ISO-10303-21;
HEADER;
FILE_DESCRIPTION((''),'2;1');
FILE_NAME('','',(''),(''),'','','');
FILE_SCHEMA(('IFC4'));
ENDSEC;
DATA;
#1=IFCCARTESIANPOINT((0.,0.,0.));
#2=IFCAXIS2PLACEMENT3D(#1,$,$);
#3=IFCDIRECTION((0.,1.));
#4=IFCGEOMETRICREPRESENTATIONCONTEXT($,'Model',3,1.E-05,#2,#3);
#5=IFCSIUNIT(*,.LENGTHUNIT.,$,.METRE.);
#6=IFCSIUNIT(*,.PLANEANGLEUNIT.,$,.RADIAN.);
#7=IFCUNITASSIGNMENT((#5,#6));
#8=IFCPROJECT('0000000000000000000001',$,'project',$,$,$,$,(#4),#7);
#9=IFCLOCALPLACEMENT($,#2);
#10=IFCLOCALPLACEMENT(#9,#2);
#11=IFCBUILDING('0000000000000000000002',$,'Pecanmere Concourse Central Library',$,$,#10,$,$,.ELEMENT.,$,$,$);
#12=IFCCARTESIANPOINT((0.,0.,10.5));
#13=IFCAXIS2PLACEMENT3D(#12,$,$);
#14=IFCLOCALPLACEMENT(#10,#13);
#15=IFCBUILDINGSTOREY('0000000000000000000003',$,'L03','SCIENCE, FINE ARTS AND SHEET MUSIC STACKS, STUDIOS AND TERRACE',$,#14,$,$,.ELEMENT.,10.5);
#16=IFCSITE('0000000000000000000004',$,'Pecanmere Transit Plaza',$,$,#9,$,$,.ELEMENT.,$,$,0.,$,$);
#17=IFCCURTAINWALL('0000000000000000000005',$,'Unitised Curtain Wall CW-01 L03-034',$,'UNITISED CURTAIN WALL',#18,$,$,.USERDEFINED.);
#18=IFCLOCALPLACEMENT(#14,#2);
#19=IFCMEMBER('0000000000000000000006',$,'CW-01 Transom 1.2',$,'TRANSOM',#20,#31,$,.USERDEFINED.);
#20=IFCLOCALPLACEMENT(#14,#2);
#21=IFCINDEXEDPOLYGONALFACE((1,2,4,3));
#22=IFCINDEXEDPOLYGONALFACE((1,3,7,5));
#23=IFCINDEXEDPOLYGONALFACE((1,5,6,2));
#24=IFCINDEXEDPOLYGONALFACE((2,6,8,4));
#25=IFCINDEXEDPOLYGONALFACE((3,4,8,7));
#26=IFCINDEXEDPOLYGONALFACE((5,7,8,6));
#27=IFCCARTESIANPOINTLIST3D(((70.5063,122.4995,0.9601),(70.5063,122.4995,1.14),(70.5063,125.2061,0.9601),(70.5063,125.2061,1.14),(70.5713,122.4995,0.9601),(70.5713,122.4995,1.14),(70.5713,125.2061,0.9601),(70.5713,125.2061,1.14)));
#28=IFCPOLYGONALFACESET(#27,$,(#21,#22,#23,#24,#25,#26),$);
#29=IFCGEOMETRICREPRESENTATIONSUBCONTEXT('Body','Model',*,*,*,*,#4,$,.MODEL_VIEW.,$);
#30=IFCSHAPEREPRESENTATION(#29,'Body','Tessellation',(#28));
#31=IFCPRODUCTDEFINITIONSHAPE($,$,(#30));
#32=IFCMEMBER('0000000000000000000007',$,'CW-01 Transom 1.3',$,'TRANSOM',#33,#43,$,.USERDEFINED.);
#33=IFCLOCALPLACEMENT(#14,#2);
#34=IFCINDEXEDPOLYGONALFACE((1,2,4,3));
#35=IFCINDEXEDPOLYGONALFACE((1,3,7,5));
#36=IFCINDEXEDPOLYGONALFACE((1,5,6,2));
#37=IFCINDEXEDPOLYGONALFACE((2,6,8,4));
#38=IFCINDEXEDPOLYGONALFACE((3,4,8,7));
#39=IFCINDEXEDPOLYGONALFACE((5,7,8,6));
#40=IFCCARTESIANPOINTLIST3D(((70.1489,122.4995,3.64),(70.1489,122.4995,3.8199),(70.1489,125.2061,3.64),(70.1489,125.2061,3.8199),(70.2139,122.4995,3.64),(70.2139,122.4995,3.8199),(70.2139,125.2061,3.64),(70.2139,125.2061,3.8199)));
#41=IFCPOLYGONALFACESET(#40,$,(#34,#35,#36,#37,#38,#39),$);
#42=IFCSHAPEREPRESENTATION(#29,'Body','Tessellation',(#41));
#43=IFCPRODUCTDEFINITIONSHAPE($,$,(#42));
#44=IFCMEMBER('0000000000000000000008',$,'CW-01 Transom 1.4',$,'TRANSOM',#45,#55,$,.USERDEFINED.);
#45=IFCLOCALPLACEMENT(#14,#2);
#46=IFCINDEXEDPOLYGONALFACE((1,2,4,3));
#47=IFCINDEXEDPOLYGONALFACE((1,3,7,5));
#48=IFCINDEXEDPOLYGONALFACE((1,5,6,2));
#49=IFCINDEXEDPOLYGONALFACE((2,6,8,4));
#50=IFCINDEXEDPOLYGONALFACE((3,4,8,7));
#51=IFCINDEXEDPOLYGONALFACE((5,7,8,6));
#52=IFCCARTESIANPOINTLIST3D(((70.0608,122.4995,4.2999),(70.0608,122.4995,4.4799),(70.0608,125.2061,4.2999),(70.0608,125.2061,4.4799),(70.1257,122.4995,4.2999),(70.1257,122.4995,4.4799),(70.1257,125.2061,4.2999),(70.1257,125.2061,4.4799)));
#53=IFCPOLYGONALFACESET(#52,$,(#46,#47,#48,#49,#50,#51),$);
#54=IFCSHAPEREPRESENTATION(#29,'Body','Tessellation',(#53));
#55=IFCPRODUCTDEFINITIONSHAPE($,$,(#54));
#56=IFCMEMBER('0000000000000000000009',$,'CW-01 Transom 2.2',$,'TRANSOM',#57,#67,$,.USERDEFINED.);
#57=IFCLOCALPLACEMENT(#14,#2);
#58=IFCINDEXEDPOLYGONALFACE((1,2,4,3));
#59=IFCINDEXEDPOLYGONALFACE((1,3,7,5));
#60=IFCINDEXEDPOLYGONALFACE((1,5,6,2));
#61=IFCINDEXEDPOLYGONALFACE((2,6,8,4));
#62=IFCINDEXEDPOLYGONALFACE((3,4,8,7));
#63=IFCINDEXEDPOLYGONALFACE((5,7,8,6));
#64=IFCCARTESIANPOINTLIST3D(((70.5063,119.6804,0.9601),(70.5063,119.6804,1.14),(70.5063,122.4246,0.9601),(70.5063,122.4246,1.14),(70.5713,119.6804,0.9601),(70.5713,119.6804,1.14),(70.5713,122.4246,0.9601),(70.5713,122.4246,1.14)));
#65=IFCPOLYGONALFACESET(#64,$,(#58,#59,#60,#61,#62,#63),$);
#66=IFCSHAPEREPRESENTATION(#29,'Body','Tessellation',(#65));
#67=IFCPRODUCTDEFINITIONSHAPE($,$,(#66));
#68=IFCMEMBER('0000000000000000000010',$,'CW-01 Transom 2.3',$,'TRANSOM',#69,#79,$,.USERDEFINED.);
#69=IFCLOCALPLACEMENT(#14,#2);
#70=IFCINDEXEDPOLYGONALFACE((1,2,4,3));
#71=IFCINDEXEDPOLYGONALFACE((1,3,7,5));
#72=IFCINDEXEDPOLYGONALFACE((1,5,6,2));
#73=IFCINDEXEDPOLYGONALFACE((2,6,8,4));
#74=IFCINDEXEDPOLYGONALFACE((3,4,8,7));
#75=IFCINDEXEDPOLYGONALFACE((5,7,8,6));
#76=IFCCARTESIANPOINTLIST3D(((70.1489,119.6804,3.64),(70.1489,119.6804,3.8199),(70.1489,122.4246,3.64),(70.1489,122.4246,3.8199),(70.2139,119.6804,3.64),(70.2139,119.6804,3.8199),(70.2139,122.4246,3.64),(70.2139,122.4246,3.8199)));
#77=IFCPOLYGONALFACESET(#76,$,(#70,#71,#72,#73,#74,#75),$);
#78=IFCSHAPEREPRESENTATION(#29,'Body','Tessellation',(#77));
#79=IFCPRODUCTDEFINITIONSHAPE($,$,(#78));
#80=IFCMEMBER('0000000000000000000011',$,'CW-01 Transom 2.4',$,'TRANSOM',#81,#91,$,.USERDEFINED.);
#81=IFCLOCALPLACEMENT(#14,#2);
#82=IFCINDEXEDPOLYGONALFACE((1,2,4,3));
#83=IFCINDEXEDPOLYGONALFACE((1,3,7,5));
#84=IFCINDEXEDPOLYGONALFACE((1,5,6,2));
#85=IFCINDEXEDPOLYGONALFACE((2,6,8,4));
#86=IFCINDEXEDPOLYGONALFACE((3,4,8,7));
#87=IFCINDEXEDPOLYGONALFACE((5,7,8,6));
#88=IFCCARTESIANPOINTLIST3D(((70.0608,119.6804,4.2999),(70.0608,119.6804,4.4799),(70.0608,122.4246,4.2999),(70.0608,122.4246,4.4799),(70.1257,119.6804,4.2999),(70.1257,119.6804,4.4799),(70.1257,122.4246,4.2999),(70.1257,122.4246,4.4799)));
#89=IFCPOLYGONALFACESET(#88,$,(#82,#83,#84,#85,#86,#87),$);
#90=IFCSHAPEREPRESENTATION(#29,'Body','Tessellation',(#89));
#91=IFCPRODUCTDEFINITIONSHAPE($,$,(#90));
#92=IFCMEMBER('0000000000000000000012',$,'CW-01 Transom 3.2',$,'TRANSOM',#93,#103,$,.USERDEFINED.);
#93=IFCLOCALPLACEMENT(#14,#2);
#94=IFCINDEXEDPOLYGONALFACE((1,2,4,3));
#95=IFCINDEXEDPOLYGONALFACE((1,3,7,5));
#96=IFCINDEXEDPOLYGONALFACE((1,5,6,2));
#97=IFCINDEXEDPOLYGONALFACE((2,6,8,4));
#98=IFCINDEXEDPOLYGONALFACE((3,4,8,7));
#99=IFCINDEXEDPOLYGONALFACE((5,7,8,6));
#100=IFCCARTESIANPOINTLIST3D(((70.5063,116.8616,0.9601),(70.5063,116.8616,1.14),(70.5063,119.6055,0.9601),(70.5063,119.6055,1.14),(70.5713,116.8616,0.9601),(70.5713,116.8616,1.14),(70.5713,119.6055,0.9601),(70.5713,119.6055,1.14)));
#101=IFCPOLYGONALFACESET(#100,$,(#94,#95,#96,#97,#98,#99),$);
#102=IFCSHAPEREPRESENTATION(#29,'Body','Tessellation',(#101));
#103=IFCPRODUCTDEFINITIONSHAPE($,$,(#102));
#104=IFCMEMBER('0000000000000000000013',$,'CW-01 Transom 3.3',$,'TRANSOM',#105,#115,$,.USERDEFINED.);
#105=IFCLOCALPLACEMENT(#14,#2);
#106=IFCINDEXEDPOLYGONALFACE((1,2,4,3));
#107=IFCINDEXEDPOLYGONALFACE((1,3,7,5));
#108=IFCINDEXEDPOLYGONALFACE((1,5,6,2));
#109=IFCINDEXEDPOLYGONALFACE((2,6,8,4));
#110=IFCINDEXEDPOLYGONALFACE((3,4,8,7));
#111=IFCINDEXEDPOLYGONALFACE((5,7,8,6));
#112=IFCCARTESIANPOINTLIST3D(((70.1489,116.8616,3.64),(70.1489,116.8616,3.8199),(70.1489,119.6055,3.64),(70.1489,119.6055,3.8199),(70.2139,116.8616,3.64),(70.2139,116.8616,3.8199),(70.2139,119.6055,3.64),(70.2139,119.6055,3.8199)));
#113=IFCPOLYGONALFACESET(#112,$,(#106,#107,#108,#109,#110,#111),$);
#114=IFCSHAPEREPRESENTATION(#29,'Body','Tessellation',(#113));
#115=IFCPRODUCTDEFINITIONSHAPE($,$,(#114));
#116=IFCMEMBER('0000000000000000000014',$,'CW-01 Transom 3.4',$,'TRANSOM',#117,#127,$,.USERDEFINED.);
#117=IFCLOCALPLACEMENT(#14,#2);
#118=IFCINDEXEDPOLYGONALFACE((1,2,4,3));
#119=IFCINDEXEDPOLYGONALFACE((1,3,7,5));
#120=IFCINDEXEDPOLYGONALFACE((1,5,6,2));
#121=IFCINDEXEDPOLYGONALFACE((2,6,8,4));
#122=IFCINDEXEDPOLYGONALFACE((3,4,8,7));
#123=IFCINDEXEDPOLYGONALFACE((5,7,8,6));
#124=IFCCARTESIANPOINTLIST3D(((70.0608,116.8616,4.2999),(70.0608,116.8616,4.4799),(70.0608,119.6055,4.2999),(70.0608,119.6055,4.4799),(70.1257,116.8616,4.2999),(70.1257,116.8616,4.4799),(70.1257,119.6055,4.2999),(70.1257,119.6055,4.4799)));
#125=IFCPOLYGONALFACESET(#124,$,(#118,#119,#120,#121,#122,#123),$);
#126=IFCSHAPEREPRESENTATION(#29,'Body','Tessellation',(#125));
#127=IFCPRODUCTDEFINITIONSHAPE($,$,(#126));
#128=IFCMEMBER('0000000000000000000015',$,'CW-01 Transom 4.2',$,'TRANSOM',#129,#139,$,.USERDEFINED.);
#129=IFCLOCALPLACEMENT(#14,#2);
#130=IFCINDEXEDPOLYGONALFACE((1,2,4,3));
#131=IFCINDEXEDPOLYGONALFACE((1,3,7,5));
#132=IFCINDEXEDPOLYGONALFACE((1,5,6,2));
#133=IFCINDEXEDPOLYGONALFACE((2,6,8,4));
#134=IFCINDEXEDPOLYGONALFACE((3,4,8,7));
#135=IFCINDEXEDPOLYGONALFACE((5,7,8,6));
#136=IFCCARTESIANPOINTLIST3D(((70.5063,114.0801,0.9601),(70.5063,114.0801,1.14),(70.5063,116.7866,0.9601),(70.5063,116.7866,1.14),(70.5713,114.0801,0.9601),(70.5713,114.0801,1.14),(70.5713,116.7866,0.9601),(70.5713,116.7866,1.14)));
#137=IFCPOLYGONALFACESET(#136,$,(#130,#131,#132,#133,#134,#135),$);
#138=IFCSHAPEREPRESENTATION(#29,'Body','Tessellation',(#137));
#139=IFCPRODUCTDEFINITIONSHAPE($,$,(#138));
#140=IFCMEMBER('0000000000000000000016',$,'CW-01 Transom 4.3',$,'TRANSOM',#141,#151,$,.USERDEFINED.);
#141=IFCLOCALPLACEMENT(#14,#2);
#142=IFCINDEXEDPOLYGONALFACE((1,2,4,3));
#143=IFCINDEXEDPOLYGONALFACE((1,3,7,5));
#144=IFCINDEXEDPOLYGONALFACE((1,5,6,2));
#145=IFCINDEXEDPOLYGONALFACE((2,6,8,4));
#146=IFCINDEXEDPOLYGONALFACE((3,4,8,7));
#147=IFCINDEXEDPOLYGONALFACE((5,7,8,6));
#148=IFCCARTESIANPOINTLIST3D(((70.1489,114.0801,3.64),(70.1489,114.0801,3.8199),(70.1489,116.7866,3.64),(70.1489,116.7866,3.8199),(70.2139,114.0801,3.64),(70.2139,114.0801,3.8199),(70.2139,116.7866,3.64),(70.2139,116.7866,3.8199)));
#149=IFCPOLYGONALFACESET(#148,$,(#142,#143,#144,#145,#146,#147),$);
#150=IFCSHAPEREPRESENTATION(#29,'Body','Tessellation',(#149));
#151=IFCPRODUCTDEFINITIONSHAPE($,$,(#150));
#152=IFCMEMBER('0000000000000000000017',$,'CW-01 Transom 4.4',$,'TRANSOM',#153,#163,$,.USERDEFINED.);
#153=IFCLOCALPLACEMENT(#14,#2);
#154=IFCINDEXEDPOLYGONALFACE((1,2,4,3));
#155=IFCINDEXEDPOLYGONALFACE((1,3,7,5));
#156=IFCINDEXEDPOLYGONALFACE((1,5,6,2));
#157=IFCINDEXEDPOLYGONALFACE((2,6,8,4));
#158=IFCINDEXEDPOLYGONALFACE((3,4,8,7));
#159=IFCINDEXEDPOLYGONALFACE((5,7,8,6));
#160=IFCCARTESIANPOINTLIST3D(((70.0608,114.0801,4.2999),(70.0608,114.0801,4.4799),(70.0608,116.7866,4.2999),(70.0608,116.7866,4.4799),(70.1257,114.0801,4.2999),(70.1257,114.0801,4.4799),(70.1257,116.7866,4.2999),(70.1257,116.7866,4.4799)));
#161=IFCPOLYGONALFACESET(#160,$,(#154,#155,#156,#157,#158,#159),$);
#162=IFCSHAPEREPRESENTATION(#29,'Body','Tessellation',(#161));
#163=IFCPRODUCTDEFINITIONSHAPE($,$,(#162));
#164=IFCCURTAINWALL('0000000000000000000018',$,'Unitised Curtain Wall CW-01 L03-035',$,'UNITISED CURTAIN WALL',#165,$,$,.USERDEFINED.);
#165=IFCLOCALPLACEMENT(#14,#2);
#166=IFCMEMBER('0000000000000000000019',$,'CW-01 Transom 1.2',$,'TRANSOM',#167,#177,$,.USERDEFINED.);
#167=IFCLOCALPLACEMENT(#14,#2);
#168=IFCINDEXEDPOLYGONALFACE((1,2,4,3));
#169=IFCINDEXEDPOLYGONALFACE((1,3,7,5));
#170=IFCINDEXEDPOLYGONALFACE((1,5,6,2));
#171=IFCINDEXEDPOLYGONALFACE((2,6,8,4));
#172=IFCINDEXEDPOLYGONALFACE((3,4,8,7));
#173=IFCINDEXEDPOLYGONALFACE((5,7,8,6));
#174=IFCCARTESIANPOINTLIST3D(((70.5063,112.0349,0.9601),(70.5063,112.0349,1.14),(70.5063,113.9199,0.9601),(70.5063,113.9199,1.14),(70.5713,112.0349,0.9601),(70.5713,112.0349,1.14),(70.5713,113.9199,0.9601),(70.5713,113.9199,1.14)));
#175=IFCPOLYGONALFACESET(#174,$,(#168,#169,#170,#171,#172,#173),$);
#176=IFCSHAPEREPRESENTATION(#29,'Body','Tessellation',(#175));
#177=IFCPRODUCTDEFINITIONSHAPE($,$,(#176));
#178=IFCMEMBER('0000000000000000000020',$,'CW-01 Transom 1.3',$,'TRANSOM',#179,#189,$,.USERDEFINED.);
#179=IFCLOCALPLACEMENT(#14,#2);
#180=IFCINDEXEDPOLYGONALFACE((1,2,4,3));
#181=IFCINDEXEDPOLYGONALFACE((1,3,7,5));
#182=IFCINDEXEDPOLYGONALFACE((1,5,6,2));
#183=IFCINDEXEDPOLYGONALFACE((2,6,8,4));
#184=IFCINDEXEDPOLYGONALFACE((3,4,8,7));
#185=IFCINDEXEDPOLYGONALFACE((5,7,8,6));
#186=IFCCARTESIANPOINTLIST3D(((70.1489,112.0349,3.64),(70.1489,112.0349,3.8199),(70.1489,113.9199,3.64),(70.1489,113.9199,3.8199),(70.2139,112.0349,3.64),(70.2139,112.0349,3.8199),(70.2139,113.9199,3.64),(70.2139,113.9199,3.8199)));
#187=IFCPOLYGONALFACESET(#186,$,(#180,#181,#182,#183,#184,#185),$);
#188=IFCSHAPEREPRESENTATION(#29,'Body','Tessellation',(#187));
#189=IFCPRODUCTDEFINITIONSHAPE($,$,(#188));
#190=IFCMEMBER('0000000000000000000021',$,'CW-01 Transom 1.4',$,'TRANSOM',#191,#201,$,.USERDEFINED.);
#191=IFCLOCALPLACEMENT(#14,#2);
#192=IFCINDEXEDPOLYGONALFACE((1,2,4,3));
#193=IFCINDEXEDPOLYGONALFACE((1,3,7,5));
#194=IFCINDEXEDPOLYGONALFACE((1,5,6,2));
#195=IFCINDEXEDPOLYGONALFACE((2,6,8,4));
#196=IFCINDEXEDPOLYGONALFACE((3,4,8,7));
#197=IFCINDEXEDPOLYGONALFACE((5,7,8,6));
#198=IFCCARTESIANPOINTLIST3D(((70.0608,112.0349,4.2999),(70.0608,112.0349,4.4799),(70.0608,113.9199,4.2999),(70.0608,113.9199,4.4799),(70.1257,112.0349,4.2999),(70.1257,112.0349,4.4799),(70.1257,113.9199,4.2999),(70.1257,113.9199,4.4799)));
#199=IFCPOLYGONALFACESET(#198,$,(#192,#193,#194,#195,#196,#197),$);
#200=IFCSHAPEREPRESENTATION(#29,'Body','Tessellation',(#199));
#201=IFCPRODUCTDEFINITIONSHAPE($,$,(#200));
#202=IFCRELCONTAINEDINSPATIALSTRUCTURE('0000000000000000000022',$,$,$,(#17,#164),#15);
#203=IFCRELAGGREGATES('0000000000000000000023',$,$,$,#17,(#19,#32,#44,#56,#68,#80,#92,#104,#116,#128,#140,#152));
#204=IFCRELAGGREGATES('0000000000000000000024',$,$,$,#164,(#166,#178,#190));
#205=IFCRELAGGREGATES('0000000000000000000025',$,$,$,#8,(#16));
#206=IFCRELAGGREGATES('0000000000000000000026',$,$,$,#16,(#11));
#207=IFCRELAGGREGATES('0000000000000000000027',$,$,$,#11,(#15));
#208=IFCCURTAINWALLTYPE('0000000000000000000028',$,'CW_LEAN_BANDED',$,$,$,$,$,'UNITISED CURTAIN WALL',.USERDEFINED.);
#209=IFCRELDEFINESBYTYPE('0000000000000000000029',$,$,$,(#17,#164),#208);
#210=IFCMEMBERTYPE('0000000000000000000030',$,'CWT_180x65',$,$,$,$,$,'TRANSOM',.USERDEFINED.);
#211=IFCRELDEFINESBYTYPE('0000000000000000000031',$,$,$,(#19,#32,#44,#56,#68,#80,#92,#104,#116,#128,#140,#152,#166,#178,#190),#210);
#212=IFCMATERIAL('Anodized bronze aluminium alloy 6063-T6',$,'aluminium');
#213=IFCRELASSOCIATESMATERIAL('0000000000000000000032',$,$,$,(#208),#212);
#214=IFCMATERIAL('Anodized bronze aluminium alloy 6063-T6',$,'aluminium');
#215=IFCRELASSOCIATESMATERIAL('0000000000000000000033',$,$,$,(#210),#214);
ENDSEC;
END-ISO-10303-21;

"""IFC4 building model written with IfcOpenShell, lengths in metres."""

from ifc_helpers import new_model, si_unit, direction, frame, origin, origin_2d, place, context, subcontext, project, spatial, rectangle, extrude, material, material_profile, profile_set, type_object, element, aggregate, save


model = new_model("IFC4")

# Units and contexts
model_context = context("Model", 3, precision=1e-05, world=origin(), true_north=direction((0.0, 1.0)))
body_context = subcontext(model_context, "Body", "Model", "MODEL_VIEW")
ifc_project = project(units=[si_unit("LENGTHUNIT", "METRE"), si_unit("PLANEANGLEUNIT", "RADIAN")], contexts=[model_context])

# Site, building, storey
site_placement = place(None, origin())
site = spatial("IfcSite", under=ifc_project, at=site_placement, Name="Pecanmere Transit Plaza", CompositionType="ELEMENT", RefElevation=0.0)
building_placement = place(site_placement, origin())
building = spatial("IfcBuilding", under=site, at=building_placement, Name="Pecanmere Concourse Central Library", CompositionType="ELEMENT")
storey_placement = place(building_placement, frame((0.0, 0.0, 10.5)))
storey = spatial("IfcBuildingStorey", under=building, at=storey_placement, Name="L03", Description="SCIENCE, FINE ARTS AND SHEET MUSIC STACKS, STUDIOS AND TERRACE", CompositionType="ELEMENT", Elevation=10.5)

# Curtain walls, members
ifc_material_1 = material(Name="Anodized bronze aluminium alloy 6063-T6", Category="aluminium")
curtain_wall_type = type_object("IfcCurtainWallType", Name="CW_LEAN_BANDED", ElementType="UNITISED CURTAIN WALL", PredefinedType="USERDEFINED", material=ifc_material_1)
curtain_wall_1_placement = place(storey_placement, origin())
curtain_wall_1 = element("IfcCurtainWall", 1, at=curtain_wall_1_placement, inside=storey, type_object=curtain_wall_type, Name="Unitised Curtain Wall CW-01 L03-034", ObjectType="UNITISED CURTAIN WALL", PredefinedType="USERDEFINED")
ifc_material_2 = material(Name="Anodized bronze aluminium alloy 6063-T6", Category="aluminium")
ifc_material_profile = material_profile(ifc_material_2, rectangle(XDim=0.0649, YDim=0.1799, at=origin_2d()), Name="AL 65x180")
ifc_profile_set = profile_set([ifc_material_profile], Name="Anodized bronze aluminium alloy 6063-T6")
member_type = type_object("IfcMemberType", Name="CWT_180x65", ElementType="TRANSOM", PredefinedType="USERDEFINED", material=ifc_profile_set)
member_1_placement = place(storey_placement, frame((70.5388, 125.2061, 1.05), z_axis=(0.0, -1.0, 0.0), x_axis=(1.0, 0.0, 0.0)))
member_1 = element("IfcMember", 2, at=member_1_placement, type_object=member_type, Name="CW-01 Transom 1.2", ObjectType="TRANSOM", PredefinedType="USERDEFINED", context=body_context, shape_type="SweptSolid", body=[
    extrude(rectangle(XDim=0.0649, YDim=0.1799, at=origin_2d()), origin(), (0.0, 0.0, 1.0), 2.7065),
])
member_2_placement = place(storey_placement, frame((70.1814, 125.2061, 3.73), z_axis=(0.0, -1.0, 0.0), x_axis=(1.0, 0.0, 0.0)))
member_2 = element("IfcMember", 3, at=member_2_placement, type_object=member_type, Name="CW-01 Transom 1.3", ObjectType="TRANSOM", PredefinedType="USERDEFINED", context=body_context, shape_type="SweptSolid", body=[
    extrude(rectangle(XDim=0.0649, YDim=0.1799, at=origin_2d()), origin(), (0.0, 0.0, 1.0), 2.7065),
])
member_3_placement = place(storey_placement, frame((70.0933, 125.2061, 4.3899), z_axis=(0.0, -1.0, 0.0), x_axis=(1.0, 0.0, 0.0)))
member_3 = element("IfcMember", 4, at=member_3_placement, type_object=member_type, Name="CW-01 Transom 1.4", ObjectType="TRANSOM", PredefinedType="USERDEFINED", context=body_context, shape_type="SweptSolid", body=[
    extrude(rectangle(XDim=0.0649, YDim=0.1799, at=origin_2d()), origin(), (0.0, 0.0, 1.0), 2.7065),
])
member_4_placement = place(storey_placement, frame((70.5388, 122.4246, 1.05), z_axis=(0.0, -1.0, 0.0), x_axis=(1.0, 0.0, 0.0)))
member_4 = element("IfcMember", 5, at=member_4_placement, type_object=member_type, Name="CW-01 Transom 2.2", ObjectType="TRANSOM", PredefinedType="USERDEFINED", context=body_context, shape_type="SweptSolid", body=[
    extrude(rectangle(XDim=0.0649, YDim=0.1799, at=origin_2d()), origin(), (0.0, 0.0, 1.0), 2.7441),
])
member_5_placement = place(storey_placement, frame((70.1814, 122.4246, 3.73), z_axis=(0.0, -1.0, 0.0), x_axis=(1.0, 0.0, 0.0)))
member_5 = element("IfcMember", 6, at=member_5_placement, type_object=member_type, Name="CW-01 Transom 2.3", ObjectType="TRANSOM", PredefinedType="USERDEFINED", context=body_context, shape_type="SweptSolid", body=[
    extrude(rectangle(XDim=0.0649, YDim=0.1799, at=origin_2d()), origin(), (0.0, 0.0, 1.0), 2.7441),
])
member_6_placement = place(storey_placement, frame((70.0933, 122.4246, 4.3899), z_axis=(0.0, -1.0, 0.0), x_axis=(1.0, 0.0, 0.0)))
member_6 = element("IfcMember", 7, at=member_6_placement, type_object=member_type, Name="CW-01 Transom 2.4", ObjectType="TRANSOM", PredefinedType="USERDEFINED", context=body_context, shape_type="SweptSolid", body=[
    extrude(rectangle(XDim=0.0649, YDim=0.1799, at=origin_2d()), origin(), (0.0, 0.0, 1.0), 2.7441),
])
member_7_placement = place(storey_placement, frame((70.5388, 119.6055, 1.05), z_axis=(0.0, -1.0, 0.0), x_axis=(1.0, 0.0, 0.0)))
member_7 = element("IfcMember", 8, at=member_7_placement, type_object=member_type, Name="CW-01 Transom 3.2", ObjectType="TRANSOM", PredefinedType="USERDEFINED", context=body_context, shape_type="SweptSolid", body=[
    extrude(rectangle(XDim=0.0649, YDim=0.1799, at=origin_2d()), origin(), (0.0, 0.0, 1.0), 2.7439),
])
member_8_placement = place(storey_placement, frame((70.1814, 119.6055, 3.73), z_axis=(0.0, -1.0, 0.0), x_axis=(1.0, 0.0, 0.0)))
member_8 = element("IfcMember", 9, at=member_8_placement, type_object=member_type, Name="CW-01 Transom 3.3", ObjectType="TRANSOM", PredefinedType="USERDEFINED", context=body_context, shape_type="SweptSolid", body=[
    extrude(rectangle(XDim=0.0649, YDim=0.1799, at=origin_2d()), origin(), (0.0, 0.0, 1.0), 2.7439),
])
member_9_placement = place(storey_placement, frame((70.0933, 119.6055, 4.3899), z_axis=(0.0, -1.0, 0.0), x_axis=(1.0, 0.0, 0.0)))
member_9 = element("IfcMember", 10, at=member_9_placement, type_object=member_type, Name="CW-01 Transom 3.4", ObjectType="TRANSOM", PredefinedType="USERDEFINED", context=body_context, shape_type="SweptSolid", body=[
    extrude(rectangle(XDim=0.0649, YDim=0.1799, at=origin_2d()), origin(), (0.0, 0.0, 1.0), 2.7439),
])
member_10_placement = place(storey_placement, frame((70.5388, 116.7866, 1.05), z_axis=(0.0, -1.0, 0.0), x_axis=(1.0, 0.0, 0.0)))
member_10 = element("IfcMember", 11, at=member_10_placement, type_object=member_type, Name="CW-01 Transom 4.2", ObjectType="TRANSOM", PredefinedType="USERDEFINED", context=body_context, shape_type="SweptSolid", body=[
    extrude(rectangle(XDim=0.0649, YDim=0.1799, at=origin_2d()), origin(), (0.0, 0.0, 1.0), 2.7065),
])
member_11_placement = place(storey_placement, frame((70.1814, 116.7866, 3.73), z_axis=(0.0, -1.0, 0.0), x_axis=(1.0, 0.0, 0.0)))
member_11 = element("IfcMember", 12, at=member_11_placement, type_object=member_type, Name="CW-01 Transom 4.3", ObjectType="TRANSOM", PredefinedType="USERDEFINED", context=body_context, shape_type="SweptSolid", body=[
    extrude(rectangle(XDim=0.0649, YDim=0.1799, at=origin_2d()), origin(), (0.0, 0.0, 1.0), 2.7065),
])
member_12_placement = place(storey_placement, frame((70.0933, 116.7866, 4.3899), z_axis=(0.0, -1.0, 0.0), x_axis=(1.0, 0.0, 0.0)))
member_12 = element("IfcMember", 13, at=member_12_placement, type_object=member_type, Name="CW-01 Transom 4.4", ObjectType="TRANSOM", PredefinedType="USERDEFINED", context=body_context, shape_type="SweptSolid", body=[
    extrude(rectangle(XDim=0.0649, YDim=0.1799, at=origin_2d()), origin(), (0.0, 0.0, 1.0), 2.7065),
])
curtain_wall_2_placement = place(storey_placement, origin())
curtain_wall_2 = element("IfcCurtainWall", 14, at=curtain_wall_2_placement, inside=storey, type_object=curtain_wall_type, Name="Unitised Curtain Wall CW-01 L03-035", ObjectType="UNITISED CURTAIN WALL", PredefinedType="USERDEFINED")
member_13_placement = place(storey_placement, frame((70.5388, 113.9199, 1.05), z_axis=(0.0, -1.0, 0.0), x_axis=(1.0, 0.0, 0.0)))
member_13 = element("IfcMember", 15, at=member_13_placement, type_object=member_type, Name="CW-01 Transom 1.2", ObjectType="TRANSOM", PredefinedType="USERDEFINED", context=body_context, shape_type="SweptSolid", body=[
    extrude(rectangle(XDim=0.0649, YDim=0.1799, at=origin_2d()), origin(), (0.0, 0.0, 1.0), 1.885),
])
member_14_placement = place(storey_placement, frame((70.1814, 113.9199, 3.73), z_axis=(0.0, -1.0, 0.0), x_axis=(1.0, 0.0, 0.0)))
member_14 = element("IfcMember", 16, at=member_14_placement, type_object=member_type, Name="CW-01 Transom 1.3", ObjectType="TRANSOM", PredefinedType="USERDEFINED", context=body_context, shape_type="SweptSolid", body=[
    extrude(rectangle(XDim=0.0649, YDim=0.1799, at=origin_2d()), origin(), (0.0, 0.0, 1.0), 1.885),
])
member_15_placement = place(storey_placement, frame((70.0933, 113.9199, 4.3899), z_axis=(0.0, -1.0, 0.0), x_axis=(1.0, 0.0, 0.0)))
member_15 = element("IfcMember", 17, at=member_15_placement, type_object=member_type, Name="CW-01 Transom 1.4", ObjectType="TRANSOM", PredefinedType="USERDEFINED", context=body_context, shape_type="SweptSolid", body=[
    extrude(rectangle(XDim=0.0649, YDim=0.1799, at=origin_2d()), origin(), (0.0, 0.0, 1.0), 1.885),
])

aggregate(curtain_wall_1, [member_1, member_2, member_3, member_4, member_5, member_6, member_7, member_8, member_9, member_10, member_11, member_12])
aggregate(curtain_wall_2, [member_13, member_14, member_15])

save(model, "model.ifc")
